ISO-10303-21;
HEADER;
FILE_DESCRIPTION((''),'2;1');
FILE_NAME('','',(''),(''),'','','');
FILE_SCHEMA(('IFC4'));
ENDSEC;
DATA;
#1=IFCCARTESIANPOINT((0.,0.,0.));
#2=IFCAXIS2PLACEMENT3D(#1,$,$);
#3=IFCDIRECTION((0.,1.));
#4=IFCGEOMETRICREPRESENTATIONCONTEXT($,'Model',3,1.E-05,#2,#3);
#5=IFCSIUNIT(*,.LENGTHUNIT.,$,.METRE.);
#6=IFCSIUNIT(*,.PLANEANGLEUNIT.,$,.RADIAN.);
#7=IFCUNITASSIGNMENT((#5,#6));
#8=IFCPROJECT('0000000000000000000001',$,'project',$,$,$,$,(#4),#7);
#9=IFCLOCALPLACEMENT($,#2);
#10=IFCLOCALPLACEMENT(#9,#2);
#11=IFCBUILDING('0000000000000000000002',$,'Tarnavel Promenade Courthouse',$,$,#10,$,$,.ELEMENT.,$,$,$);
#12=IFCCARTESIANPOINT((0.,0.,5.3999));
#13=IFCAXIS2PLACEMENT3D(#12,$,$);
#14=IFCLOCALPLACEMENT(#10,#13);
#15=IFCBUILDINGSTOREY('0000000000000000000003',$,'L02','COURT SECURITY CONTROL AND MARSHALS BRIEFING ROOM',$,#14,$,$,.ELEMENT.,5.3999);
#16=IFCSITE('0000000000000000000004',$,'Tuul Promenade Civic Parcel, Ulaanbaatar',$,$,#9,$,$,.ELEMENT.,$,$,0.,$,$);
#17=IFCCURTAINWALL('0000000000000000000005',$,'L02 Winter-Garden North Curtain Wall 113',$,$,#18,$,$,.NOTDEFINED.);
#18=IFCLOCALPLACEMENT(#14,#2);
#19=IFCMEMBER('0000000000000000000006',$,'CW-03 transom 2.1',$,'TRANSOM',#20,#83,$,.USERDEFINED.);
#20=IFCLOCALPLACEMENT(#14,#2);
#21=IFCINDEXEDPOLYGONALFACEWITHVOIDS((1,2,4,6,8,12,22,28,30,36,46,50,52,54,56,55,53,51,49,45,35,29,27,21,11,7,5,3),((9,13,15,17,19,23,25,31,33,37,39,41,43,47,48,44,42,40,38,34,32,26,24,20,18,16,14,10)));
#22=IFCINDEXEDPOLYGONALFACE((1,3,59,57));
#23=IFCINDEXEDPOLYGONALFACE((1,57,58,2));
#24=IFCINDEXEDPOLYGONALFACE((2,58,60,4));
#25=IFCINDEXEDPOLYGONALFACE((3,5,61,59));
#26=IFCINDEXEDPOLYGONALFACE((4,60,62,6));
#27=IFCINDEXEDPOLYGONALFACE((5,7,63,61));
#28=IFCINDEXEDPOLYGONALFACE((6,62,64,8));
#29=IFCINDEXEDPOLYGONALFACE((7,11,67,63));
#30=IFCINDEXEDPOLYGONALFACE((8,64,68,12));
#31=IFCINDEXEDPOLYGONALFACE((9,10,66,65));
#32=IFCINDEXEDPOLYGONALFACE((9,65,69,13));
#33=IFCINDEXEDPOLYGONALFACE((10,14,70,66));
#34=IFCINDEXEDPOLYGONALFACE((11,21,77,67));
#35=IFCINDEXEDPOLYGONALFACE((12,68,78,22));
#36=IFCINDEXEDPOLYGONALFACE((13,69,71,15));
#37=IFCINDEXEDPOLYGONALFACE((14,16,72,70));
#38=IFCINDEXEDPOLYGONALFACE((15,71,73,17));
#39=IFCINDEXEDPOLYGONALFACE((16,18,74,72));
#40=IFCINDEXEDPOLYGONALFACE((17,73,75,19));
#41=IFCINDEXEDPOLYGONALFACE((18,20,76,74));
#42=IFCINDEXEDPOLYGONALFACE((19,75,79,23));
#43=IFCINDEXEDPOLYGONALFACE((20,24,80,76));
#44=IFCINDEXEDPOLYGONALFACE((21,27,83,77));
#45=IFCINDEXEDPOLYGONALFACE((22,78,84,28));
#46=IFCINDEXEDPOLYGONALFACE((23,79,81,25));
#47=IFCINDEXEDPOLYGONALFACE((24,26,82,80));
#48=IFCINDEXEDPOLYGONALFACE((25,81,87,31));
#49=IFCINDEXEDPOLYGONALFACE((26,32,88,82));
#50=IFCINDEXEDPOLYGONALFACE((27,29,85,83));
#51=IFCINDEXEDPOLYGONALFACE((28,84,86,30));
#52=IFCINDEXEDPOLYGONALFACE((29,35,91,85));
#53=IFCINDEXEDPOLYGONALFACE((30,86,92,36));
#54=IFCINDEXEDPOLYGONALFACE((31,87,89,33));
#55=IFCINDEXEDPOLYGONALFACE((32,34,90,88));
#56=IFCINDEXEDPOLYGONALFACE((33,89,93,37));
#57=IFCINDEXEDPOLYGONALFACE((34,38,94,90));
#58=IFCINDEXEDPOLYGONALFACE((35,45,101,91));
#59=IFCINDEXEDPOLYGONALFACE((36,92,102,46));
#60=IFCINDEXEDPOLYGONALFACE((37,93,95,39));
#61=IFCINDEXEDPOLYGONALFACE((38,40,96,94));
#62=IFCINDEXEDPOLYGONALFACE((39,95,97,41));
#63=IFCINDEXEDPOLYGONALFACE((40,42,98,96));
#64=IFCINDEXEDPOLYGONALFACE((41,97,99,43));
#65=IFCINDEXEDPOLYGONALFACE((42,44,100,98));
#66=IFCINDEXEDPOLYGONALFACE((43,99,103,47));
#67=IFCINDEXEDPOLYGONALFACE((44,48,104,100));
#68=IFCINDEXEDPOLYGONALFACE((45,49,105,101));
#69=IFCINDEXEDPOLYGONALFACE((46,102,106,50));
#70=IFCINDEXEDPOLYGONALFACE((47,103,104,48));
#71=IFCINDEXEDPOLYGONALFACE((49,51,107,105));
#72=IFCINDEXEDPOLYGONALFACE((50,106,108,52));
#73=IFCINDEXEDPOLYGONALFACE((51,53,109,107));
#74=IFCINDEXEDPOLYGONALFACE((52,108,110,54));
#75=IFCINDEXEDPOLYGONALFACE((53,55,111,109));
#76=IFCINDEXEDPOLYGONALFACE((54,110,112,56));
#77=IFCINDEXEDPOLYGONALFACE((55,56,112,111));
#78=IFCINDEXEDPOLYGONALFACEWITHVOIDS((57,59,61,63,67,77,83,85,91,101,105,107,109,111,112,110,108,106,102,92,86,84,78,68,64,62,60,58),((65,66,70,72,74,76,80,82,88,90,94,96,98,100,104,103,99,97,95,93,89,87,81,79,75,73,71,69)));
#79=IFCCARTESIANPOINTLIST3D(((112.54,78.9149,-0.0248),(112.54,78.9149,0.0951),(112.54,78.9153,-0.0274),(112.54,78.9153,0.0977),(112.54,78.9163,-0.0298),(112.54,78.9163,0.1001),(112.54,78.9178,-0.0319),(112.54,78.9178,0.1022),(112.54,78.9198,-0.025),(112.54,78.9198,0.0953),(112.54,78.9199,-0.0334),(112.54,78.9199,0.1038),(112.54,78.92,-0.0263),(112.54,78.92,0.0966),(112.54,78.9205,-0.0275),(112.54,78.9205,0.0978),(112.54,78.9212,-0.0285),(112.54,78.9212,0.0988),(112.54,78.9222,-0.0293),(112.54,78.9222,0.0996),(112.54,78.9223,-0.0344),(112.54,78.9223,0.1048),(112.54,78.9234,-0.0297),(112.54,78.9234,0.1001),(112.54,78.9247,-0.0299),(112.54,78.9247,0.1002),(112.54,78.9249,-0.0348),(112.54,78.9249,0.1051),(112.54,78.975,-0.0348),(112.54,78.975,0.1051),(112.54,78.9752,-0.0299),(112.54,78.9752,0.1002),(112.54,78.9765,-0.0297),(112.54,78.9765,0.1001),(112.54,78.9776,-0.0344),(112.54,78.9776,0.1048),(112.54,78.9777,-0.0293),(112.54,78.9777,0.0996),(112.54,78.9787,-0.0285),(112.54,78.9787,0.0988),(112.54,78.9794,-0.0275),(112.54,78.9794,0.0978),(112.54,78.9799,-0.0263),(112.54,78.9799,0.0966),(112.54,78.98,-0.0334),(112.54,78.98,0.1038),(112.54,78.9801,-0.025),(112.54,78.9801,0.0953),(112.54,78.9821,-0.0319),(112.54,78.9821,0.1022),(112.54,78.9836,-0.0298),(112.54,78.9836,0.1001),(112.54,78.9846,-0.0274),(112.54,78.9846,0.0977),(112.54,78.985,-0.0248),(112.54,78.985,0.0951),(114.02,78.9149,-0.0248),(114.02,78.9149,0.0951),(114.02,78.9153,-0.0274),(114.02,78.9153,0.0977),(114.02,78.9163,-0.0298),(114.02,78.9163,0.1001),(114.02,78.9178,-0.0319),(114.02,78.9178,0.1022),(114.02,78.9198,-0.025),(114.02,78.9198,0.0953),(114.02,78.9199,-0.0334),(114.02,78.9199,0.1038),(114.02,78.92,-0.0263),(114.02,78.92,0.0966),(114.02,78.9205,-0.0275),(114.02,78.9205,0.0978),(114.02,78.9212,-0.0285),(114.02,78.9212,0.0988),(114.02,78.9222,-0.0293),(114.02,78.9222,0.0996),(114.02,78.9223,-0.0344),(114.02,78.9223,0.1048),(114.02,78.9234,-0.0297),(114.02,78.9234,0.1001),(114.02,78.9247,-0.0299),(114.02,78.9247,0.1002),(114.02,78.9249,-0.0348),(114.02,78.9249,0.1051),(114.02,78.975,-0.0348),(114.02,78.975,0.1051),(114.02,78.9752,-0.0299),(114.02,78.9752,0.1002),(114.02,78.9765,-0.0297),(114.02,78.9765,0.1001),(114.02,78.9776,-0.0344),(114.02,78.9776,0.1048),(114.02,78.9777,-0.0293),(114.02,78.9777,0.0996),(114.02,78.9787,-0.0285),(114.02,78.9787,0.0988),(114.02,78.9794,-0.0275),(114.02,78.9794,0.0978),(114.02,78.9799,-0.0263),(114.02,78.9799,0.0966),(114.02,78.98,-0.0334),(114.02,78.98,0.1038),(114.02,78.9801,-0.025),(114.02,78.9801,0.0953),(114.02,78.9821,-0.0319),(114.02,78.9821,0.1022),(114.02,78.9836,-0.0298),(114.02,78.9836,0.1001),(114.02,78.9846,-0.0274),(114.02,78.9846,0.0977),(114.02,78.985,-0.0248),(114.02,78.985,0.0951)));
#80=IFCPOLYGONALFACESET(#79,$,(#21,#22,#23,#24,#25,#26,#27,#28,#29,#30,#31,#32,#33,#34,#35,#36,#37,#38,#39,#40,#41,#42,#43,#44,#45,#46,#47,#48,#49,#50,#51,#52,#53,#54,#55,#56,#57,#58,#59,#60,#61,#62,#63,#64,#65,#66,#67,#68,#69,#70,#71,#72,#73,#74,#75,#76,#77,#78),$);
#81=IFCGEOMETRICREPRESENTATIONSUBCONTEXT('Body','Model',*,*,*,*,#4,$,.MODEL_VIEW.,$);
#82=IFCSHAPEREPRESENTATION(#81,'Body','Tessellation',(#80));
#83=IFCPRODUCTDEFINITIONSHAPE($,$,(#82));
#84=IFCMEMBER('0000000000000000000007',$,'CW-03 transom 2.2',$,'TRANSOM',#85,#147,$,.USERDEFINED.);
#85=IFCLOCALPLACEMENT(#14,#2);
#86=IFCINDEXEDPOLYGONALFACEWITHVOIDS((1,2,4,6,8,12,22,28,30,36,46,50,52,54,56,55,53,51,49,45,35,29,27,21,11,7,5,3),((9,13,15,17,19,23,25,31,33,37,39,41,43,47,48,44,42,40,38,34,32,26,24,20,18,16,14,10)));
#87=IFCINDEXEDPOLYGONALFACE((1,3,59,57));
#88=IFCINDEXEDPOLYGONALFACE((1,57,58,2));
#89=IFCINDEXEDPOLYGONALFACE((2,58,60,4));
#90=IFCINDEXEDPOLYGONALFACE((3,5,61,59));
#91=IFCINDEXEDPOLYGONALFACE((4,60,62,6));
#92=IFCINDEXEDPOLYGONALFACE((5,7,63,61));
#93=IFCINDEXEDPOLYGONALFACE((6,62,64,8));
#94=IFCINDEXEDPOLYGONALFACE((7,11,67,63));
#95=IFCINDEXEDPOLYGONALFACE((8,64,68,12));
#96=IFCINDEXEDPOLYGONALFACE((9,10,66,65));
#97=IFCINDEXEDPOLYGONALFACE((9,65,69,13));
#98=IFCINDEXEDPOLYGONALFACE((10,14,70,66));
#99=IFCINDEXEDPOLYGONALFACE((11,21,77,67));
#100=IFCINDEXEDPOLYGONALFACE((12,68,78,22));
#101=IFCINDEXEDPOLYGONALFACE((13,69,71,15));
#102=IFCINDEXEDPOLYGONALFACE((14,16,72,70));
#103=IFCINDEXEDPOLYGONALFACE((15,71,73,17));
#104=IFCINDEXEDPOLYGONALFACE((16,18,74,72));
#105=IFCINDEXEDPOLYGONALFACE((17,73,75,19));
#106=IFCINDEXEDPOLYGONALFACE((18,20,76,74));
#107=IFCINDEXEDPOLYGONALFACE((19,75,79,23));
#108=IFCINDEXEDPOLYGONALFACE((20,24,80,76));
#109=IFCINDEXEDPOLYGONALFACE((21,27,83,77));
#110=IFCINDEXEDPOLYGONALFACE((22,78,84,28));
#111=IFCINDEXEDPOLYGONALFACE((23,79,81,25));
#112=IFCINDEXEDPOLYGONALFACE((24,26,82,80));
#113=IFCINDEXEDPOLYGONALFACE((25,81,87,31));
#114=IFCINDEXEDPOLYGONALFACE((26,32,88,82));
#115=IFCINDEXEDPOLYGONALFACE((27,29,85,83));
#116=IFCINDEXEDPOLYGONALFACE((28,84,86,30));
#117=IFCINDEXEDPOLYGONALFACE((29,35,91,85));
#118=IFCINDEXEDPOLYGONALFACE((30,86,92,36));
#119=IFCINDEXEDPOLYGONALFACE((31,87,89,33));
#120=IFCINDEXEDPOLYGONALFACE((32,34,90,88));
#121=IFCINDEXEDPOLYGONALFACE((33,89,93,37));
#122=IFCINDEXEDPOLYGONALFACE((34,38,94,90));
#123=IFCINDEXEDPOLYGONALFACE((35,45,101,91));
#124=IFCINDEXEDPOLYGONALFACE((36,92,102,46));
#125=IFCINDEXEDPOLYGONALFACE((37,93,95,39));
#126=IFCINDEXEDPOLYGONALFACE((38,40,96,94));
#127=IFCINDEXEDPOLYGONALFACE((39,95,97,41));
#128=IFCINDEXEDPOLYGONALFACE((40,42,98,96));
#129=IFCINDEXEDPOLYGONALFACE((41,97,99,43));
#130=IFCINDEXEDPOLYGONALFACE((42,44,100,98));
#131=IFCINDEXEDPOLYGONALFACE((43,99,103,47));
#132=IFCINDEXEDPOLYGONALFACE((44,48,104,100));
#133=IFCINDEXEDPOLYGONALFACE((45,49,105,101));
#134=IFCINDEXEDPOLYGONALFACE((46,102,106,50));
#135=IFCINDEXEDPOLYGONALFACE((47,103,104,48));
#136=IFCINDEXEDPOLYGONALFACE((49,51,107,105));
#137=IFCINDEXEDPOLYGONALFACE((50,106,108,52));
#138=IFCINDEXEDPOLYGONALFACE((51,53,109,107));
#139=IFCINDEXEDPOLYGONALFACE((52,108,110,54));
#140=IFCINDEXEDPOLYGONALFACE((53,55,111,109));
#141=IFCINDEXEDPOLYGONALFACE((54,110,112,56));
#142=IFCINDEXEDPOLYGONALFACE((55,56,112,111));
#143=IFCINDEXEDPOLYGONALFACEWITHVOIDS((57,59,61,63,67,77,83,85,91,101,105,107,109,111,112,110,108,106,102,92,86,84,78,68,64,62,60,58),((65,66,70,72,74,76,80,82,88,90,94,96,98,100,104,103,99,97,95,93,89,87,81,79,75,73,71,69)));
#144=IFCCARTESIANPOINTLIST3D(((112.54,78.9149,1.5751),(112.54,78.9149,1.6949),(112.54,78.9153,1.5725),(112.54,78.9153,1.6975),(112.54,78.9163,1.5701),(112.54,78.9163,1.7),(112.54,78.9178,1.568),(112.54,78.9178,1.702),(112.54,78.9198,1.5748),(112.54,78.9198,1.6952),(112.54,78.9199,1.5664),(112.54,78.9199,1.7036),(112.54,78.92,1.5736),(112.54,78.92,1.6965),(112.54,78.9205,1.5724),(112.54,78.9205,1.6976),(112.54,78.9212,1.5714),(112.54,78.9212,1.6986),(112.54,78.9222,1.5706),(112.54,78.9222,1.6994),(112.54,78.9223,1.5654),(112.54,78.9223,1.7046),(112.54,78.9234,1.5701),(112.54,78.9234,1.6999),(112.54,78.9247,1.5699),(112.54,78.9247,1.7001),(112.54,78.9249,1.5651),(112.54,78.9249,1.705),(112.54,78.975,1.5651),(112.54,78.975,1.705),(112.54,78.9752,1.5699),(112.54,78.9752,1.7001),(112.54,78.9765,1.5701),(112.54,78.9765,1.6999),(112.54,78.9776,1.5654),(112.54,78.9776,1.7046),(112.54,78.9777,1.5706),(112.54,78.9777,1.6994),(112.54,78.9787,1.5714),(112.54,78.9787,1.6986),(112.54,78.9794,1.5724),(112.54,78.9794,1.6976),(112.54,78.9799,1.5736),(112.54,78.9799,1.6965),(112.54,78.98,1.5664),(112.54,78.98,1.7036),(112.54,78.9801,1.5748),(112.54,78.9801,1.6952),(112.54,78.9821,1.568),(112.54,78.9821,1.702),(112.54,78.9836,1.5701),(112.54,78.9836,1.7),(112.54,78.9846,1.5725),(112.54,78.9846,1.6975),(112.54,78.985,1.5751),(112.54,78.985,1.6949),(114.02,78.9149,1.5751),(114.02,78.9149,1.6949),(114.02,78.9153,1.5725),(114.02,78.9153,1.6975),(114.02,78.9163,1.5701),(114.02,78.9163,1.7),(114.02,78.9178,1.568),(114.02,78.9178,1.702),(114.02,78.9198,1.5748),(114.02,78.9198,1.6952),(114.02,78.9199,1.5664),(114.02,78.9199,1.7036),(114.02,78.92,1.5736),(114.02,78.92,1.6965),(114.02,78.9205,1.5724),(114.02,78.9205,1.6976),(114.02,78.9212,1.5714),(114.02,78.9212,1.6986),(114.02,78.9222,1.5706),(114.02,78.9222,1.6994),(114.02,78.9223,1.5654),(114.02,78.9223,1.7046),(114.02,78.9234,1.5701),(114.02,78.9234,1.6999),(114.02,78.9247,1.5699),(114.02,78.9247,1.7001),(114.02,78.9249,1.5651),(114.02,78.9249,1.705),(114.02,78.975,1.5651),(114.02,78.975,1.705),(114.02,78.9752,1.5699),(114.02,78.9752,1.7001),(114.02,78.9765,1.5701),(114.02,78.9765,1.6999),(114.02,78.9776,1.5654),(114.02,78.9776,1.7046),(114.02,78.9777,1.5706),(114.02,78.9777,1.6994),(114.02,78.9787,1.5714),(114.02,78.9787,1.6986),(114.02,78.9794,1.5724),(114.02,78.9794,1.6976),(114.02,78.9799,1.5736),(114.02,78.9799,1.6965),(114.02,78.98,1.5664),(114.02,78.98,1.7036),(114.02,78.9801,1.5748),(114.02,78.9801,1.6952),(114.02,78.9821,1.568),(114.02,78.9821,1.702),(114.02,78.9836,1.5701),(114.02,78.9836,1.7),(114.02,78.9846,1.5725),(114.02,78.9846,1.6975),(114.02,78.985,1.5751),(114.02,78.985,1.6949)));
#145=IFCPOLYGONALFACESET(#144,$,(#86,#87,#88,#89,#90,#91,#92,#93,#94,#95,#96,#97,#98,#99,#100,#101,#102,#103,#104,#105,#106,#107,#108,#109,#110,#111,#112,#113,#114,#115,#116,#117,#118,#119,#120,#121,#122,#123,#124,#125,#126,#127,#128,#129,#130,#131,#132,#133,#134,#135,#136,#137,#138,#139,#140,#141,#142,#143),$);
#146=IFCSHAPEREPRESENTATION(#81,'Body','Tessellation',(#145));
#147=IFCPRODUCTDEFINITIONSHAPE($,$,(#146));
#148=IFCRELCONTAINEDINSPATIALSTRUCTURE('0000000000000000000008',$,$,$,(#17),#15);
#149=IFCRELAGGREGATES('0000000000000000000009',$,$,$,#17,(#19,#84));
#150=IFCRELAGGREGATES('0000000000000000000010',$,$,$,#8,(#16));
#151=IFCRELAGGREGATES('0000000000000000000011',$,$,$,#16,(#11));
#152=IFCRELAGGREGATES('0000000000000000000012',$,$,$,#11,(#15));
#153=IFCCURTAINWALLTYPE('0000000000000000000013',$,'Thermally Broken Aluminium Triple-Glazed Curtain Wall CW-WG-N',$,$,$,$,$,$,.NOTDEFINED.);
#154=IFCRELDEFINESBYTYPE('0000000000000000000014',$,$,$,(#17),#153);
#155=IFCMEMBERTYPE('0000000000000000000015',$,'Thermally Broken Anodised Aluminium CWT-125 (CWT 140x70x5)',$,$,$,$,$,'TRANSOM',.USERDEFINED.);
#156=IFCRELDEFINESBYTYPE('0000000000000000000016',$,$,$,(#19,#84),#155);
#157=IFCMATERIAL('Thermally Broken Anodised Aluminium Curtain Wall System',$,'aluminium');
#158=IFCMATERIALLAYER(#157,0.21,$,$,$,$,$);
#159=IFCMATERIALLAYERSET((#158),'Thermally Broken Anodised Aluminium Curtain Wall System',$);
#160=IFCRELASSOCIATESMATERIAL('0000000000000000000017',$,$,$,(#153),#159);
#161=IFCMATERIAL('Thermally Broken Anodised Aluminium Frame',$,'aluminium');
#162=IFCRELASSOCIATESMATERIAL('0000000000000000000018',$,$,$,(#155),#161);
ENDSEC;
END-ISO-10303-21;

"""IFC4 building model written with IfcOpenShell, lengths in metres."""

from ifc_helpers import new_model, si_unit, direction, frame, origin, origin_2d, place, context, subcontext, project, spatial, hollow_rectangle, extrude, material, layer, layer_set, material_profile, profile_set, type_object, element, aggregate, save


model = new_model("IFC4")

# Units and contexts
model_context = context("Model", 3, precision=1e-05, world=origin(), true_north=direction((0.0, 1.0)))
body_context = subcontext(model_context, "Body", "Model", "MODEL_VIEW")
ifc_project = project(units=[si_unit("LENGTHUNIT", "METRE"), si_unit("PLANEANGLEUNIT", "RADIAN")], contexts=[model_context])

# Site, building, storey
site_placement = place(None, origin())
site = spatial("IfcSite", under=ifc_project, at=site_placement, Name="Tuul Promenade Civic Parcel, Ulaanbaatar", CompositionType="ELEMENT", RefElevation=0.0)
building_placement = place(site_placement, origin())
building = spatial("IfcBuilding", under=site, at=building_placement, Name="Tarnavel Promenade Courthouse", CompositionType="ELEMENT")
storey_placement = place(building_placement, frame((0.0, 0.0, 5.3999)))
storey = spatial("IfcBuildingStorey", under=building, at=storey_placement, Name="L02", Description="COURT SECURITY CONTROL AND MARSHALS BRIEFING ROOM", CompositionType="ELEMENT", Elevation=5.3999)

# Curtain wall
ifc_material_1 = material(Name="Thermally Broken Anodised Aluminium Curtain Wall System", Category="aluminium")
ifc_layer_1 = layer(ifc_material_1, 0.21)
ifc_layer_set_1 = layer_set([ifc_layer_1], Name="Thermally Broken Anodised Aluminium Curtain Wall System")
curtain_wall_type_1 = type_object("IfcCurtainWallType", Name="Thermally Broken Aluminium Triple-Glazed Curtain Wall CW-WG-N", PredefinedType="NOTDEFINED", material=ifc_layer_set_1)
ifc_material_2 = material(Name="Thermally Broken Anodised Aluminium Frame", Category="aluminium")
curtain_wall_1_placement = place(storey_placement, origin())
curtain_wall_1 = element("IfcCurtainWall", 1, at=curtain_wall_1_placement, inside=storey, type_object=curtain_wall_type_1, Name="L02 Winter-Garden North Curtain Wall 113", PredefinedType="NOTDEFINED")

# Members
ifc_material_profile_1 = material_profile(ifc_material_2, hollow_rectangle(XDim=0.0701, YDim=0.1399, WallThickness=0.0049, InnerFilletRadius=0.0049, OuterFilletRadius=0.01, at=origin_2d()), Name="CWT 140x70x5")
ifc_profile_set_1 = profile_set([ifc_material_profile_1], Name="Thermally Broken Anodised Aluminium Frame")
member_type_1 = type_object("IfcMemberType", Name="Thermally Broken Anodised Aluminium CWT-125 (CWT 140x70x5)", ElementType="TRANSOM", PredefinedType="USERDEFINED", material=ifc_profile_set_1)
member_1_placement = place(storey_placement, frame((112.54, 78.95, 0.0352), z_axis=(1.0, 0.0, 0.0), x_axis=(0.0, 1.0, 0.0)))
member_1 = element("IfcMember", 2, at=member_1_placement, type_object=member_type_1, Name="CW-03 transom 2.1", ObjectType="TRANSOM", PredefinedType="USERDEFINED", context=body_context, shape_type="SweptSolid", body=[
    extrude(hollow_rectangle(XDim=0.0701, YDim=0.1399, WallThickness=0.0049, InnerFilletRadius=0.0049, OuterFilletRadius=0.01, at=origin_2d()), origin(), (0.0, 0.0, 1.0), 1.48),
])
member_2_placement = place(storey_placement, frame((112.54, 78.95, 1.635), z_axis=(1.0, 0.0, 0.0), x_axis=(0.0, 1.0, 0.0)))
member_2 = element("IfcMember", 3, at=member_2_placement, type_object=member_type_1, Name="CW-03 transom 2.2", ObjectType="TRANSOM", PredefinedType="USERDEFINED", context=body_context, shape_type="SweptSolid", body=[
    extrude(hollow_rectangle(XDim=0.0701, YDim=0.1399, WallThickness=0.0049, InnerFilletRadius=0.0049, OuterFilletRadius=0.01, at=origin_2d()), origin(), (0.0, 0.0, 1.0), 1.48),
])

aggregate(curtain_wall_1, [member_1, member_2])

save(model, "model.ifc")
